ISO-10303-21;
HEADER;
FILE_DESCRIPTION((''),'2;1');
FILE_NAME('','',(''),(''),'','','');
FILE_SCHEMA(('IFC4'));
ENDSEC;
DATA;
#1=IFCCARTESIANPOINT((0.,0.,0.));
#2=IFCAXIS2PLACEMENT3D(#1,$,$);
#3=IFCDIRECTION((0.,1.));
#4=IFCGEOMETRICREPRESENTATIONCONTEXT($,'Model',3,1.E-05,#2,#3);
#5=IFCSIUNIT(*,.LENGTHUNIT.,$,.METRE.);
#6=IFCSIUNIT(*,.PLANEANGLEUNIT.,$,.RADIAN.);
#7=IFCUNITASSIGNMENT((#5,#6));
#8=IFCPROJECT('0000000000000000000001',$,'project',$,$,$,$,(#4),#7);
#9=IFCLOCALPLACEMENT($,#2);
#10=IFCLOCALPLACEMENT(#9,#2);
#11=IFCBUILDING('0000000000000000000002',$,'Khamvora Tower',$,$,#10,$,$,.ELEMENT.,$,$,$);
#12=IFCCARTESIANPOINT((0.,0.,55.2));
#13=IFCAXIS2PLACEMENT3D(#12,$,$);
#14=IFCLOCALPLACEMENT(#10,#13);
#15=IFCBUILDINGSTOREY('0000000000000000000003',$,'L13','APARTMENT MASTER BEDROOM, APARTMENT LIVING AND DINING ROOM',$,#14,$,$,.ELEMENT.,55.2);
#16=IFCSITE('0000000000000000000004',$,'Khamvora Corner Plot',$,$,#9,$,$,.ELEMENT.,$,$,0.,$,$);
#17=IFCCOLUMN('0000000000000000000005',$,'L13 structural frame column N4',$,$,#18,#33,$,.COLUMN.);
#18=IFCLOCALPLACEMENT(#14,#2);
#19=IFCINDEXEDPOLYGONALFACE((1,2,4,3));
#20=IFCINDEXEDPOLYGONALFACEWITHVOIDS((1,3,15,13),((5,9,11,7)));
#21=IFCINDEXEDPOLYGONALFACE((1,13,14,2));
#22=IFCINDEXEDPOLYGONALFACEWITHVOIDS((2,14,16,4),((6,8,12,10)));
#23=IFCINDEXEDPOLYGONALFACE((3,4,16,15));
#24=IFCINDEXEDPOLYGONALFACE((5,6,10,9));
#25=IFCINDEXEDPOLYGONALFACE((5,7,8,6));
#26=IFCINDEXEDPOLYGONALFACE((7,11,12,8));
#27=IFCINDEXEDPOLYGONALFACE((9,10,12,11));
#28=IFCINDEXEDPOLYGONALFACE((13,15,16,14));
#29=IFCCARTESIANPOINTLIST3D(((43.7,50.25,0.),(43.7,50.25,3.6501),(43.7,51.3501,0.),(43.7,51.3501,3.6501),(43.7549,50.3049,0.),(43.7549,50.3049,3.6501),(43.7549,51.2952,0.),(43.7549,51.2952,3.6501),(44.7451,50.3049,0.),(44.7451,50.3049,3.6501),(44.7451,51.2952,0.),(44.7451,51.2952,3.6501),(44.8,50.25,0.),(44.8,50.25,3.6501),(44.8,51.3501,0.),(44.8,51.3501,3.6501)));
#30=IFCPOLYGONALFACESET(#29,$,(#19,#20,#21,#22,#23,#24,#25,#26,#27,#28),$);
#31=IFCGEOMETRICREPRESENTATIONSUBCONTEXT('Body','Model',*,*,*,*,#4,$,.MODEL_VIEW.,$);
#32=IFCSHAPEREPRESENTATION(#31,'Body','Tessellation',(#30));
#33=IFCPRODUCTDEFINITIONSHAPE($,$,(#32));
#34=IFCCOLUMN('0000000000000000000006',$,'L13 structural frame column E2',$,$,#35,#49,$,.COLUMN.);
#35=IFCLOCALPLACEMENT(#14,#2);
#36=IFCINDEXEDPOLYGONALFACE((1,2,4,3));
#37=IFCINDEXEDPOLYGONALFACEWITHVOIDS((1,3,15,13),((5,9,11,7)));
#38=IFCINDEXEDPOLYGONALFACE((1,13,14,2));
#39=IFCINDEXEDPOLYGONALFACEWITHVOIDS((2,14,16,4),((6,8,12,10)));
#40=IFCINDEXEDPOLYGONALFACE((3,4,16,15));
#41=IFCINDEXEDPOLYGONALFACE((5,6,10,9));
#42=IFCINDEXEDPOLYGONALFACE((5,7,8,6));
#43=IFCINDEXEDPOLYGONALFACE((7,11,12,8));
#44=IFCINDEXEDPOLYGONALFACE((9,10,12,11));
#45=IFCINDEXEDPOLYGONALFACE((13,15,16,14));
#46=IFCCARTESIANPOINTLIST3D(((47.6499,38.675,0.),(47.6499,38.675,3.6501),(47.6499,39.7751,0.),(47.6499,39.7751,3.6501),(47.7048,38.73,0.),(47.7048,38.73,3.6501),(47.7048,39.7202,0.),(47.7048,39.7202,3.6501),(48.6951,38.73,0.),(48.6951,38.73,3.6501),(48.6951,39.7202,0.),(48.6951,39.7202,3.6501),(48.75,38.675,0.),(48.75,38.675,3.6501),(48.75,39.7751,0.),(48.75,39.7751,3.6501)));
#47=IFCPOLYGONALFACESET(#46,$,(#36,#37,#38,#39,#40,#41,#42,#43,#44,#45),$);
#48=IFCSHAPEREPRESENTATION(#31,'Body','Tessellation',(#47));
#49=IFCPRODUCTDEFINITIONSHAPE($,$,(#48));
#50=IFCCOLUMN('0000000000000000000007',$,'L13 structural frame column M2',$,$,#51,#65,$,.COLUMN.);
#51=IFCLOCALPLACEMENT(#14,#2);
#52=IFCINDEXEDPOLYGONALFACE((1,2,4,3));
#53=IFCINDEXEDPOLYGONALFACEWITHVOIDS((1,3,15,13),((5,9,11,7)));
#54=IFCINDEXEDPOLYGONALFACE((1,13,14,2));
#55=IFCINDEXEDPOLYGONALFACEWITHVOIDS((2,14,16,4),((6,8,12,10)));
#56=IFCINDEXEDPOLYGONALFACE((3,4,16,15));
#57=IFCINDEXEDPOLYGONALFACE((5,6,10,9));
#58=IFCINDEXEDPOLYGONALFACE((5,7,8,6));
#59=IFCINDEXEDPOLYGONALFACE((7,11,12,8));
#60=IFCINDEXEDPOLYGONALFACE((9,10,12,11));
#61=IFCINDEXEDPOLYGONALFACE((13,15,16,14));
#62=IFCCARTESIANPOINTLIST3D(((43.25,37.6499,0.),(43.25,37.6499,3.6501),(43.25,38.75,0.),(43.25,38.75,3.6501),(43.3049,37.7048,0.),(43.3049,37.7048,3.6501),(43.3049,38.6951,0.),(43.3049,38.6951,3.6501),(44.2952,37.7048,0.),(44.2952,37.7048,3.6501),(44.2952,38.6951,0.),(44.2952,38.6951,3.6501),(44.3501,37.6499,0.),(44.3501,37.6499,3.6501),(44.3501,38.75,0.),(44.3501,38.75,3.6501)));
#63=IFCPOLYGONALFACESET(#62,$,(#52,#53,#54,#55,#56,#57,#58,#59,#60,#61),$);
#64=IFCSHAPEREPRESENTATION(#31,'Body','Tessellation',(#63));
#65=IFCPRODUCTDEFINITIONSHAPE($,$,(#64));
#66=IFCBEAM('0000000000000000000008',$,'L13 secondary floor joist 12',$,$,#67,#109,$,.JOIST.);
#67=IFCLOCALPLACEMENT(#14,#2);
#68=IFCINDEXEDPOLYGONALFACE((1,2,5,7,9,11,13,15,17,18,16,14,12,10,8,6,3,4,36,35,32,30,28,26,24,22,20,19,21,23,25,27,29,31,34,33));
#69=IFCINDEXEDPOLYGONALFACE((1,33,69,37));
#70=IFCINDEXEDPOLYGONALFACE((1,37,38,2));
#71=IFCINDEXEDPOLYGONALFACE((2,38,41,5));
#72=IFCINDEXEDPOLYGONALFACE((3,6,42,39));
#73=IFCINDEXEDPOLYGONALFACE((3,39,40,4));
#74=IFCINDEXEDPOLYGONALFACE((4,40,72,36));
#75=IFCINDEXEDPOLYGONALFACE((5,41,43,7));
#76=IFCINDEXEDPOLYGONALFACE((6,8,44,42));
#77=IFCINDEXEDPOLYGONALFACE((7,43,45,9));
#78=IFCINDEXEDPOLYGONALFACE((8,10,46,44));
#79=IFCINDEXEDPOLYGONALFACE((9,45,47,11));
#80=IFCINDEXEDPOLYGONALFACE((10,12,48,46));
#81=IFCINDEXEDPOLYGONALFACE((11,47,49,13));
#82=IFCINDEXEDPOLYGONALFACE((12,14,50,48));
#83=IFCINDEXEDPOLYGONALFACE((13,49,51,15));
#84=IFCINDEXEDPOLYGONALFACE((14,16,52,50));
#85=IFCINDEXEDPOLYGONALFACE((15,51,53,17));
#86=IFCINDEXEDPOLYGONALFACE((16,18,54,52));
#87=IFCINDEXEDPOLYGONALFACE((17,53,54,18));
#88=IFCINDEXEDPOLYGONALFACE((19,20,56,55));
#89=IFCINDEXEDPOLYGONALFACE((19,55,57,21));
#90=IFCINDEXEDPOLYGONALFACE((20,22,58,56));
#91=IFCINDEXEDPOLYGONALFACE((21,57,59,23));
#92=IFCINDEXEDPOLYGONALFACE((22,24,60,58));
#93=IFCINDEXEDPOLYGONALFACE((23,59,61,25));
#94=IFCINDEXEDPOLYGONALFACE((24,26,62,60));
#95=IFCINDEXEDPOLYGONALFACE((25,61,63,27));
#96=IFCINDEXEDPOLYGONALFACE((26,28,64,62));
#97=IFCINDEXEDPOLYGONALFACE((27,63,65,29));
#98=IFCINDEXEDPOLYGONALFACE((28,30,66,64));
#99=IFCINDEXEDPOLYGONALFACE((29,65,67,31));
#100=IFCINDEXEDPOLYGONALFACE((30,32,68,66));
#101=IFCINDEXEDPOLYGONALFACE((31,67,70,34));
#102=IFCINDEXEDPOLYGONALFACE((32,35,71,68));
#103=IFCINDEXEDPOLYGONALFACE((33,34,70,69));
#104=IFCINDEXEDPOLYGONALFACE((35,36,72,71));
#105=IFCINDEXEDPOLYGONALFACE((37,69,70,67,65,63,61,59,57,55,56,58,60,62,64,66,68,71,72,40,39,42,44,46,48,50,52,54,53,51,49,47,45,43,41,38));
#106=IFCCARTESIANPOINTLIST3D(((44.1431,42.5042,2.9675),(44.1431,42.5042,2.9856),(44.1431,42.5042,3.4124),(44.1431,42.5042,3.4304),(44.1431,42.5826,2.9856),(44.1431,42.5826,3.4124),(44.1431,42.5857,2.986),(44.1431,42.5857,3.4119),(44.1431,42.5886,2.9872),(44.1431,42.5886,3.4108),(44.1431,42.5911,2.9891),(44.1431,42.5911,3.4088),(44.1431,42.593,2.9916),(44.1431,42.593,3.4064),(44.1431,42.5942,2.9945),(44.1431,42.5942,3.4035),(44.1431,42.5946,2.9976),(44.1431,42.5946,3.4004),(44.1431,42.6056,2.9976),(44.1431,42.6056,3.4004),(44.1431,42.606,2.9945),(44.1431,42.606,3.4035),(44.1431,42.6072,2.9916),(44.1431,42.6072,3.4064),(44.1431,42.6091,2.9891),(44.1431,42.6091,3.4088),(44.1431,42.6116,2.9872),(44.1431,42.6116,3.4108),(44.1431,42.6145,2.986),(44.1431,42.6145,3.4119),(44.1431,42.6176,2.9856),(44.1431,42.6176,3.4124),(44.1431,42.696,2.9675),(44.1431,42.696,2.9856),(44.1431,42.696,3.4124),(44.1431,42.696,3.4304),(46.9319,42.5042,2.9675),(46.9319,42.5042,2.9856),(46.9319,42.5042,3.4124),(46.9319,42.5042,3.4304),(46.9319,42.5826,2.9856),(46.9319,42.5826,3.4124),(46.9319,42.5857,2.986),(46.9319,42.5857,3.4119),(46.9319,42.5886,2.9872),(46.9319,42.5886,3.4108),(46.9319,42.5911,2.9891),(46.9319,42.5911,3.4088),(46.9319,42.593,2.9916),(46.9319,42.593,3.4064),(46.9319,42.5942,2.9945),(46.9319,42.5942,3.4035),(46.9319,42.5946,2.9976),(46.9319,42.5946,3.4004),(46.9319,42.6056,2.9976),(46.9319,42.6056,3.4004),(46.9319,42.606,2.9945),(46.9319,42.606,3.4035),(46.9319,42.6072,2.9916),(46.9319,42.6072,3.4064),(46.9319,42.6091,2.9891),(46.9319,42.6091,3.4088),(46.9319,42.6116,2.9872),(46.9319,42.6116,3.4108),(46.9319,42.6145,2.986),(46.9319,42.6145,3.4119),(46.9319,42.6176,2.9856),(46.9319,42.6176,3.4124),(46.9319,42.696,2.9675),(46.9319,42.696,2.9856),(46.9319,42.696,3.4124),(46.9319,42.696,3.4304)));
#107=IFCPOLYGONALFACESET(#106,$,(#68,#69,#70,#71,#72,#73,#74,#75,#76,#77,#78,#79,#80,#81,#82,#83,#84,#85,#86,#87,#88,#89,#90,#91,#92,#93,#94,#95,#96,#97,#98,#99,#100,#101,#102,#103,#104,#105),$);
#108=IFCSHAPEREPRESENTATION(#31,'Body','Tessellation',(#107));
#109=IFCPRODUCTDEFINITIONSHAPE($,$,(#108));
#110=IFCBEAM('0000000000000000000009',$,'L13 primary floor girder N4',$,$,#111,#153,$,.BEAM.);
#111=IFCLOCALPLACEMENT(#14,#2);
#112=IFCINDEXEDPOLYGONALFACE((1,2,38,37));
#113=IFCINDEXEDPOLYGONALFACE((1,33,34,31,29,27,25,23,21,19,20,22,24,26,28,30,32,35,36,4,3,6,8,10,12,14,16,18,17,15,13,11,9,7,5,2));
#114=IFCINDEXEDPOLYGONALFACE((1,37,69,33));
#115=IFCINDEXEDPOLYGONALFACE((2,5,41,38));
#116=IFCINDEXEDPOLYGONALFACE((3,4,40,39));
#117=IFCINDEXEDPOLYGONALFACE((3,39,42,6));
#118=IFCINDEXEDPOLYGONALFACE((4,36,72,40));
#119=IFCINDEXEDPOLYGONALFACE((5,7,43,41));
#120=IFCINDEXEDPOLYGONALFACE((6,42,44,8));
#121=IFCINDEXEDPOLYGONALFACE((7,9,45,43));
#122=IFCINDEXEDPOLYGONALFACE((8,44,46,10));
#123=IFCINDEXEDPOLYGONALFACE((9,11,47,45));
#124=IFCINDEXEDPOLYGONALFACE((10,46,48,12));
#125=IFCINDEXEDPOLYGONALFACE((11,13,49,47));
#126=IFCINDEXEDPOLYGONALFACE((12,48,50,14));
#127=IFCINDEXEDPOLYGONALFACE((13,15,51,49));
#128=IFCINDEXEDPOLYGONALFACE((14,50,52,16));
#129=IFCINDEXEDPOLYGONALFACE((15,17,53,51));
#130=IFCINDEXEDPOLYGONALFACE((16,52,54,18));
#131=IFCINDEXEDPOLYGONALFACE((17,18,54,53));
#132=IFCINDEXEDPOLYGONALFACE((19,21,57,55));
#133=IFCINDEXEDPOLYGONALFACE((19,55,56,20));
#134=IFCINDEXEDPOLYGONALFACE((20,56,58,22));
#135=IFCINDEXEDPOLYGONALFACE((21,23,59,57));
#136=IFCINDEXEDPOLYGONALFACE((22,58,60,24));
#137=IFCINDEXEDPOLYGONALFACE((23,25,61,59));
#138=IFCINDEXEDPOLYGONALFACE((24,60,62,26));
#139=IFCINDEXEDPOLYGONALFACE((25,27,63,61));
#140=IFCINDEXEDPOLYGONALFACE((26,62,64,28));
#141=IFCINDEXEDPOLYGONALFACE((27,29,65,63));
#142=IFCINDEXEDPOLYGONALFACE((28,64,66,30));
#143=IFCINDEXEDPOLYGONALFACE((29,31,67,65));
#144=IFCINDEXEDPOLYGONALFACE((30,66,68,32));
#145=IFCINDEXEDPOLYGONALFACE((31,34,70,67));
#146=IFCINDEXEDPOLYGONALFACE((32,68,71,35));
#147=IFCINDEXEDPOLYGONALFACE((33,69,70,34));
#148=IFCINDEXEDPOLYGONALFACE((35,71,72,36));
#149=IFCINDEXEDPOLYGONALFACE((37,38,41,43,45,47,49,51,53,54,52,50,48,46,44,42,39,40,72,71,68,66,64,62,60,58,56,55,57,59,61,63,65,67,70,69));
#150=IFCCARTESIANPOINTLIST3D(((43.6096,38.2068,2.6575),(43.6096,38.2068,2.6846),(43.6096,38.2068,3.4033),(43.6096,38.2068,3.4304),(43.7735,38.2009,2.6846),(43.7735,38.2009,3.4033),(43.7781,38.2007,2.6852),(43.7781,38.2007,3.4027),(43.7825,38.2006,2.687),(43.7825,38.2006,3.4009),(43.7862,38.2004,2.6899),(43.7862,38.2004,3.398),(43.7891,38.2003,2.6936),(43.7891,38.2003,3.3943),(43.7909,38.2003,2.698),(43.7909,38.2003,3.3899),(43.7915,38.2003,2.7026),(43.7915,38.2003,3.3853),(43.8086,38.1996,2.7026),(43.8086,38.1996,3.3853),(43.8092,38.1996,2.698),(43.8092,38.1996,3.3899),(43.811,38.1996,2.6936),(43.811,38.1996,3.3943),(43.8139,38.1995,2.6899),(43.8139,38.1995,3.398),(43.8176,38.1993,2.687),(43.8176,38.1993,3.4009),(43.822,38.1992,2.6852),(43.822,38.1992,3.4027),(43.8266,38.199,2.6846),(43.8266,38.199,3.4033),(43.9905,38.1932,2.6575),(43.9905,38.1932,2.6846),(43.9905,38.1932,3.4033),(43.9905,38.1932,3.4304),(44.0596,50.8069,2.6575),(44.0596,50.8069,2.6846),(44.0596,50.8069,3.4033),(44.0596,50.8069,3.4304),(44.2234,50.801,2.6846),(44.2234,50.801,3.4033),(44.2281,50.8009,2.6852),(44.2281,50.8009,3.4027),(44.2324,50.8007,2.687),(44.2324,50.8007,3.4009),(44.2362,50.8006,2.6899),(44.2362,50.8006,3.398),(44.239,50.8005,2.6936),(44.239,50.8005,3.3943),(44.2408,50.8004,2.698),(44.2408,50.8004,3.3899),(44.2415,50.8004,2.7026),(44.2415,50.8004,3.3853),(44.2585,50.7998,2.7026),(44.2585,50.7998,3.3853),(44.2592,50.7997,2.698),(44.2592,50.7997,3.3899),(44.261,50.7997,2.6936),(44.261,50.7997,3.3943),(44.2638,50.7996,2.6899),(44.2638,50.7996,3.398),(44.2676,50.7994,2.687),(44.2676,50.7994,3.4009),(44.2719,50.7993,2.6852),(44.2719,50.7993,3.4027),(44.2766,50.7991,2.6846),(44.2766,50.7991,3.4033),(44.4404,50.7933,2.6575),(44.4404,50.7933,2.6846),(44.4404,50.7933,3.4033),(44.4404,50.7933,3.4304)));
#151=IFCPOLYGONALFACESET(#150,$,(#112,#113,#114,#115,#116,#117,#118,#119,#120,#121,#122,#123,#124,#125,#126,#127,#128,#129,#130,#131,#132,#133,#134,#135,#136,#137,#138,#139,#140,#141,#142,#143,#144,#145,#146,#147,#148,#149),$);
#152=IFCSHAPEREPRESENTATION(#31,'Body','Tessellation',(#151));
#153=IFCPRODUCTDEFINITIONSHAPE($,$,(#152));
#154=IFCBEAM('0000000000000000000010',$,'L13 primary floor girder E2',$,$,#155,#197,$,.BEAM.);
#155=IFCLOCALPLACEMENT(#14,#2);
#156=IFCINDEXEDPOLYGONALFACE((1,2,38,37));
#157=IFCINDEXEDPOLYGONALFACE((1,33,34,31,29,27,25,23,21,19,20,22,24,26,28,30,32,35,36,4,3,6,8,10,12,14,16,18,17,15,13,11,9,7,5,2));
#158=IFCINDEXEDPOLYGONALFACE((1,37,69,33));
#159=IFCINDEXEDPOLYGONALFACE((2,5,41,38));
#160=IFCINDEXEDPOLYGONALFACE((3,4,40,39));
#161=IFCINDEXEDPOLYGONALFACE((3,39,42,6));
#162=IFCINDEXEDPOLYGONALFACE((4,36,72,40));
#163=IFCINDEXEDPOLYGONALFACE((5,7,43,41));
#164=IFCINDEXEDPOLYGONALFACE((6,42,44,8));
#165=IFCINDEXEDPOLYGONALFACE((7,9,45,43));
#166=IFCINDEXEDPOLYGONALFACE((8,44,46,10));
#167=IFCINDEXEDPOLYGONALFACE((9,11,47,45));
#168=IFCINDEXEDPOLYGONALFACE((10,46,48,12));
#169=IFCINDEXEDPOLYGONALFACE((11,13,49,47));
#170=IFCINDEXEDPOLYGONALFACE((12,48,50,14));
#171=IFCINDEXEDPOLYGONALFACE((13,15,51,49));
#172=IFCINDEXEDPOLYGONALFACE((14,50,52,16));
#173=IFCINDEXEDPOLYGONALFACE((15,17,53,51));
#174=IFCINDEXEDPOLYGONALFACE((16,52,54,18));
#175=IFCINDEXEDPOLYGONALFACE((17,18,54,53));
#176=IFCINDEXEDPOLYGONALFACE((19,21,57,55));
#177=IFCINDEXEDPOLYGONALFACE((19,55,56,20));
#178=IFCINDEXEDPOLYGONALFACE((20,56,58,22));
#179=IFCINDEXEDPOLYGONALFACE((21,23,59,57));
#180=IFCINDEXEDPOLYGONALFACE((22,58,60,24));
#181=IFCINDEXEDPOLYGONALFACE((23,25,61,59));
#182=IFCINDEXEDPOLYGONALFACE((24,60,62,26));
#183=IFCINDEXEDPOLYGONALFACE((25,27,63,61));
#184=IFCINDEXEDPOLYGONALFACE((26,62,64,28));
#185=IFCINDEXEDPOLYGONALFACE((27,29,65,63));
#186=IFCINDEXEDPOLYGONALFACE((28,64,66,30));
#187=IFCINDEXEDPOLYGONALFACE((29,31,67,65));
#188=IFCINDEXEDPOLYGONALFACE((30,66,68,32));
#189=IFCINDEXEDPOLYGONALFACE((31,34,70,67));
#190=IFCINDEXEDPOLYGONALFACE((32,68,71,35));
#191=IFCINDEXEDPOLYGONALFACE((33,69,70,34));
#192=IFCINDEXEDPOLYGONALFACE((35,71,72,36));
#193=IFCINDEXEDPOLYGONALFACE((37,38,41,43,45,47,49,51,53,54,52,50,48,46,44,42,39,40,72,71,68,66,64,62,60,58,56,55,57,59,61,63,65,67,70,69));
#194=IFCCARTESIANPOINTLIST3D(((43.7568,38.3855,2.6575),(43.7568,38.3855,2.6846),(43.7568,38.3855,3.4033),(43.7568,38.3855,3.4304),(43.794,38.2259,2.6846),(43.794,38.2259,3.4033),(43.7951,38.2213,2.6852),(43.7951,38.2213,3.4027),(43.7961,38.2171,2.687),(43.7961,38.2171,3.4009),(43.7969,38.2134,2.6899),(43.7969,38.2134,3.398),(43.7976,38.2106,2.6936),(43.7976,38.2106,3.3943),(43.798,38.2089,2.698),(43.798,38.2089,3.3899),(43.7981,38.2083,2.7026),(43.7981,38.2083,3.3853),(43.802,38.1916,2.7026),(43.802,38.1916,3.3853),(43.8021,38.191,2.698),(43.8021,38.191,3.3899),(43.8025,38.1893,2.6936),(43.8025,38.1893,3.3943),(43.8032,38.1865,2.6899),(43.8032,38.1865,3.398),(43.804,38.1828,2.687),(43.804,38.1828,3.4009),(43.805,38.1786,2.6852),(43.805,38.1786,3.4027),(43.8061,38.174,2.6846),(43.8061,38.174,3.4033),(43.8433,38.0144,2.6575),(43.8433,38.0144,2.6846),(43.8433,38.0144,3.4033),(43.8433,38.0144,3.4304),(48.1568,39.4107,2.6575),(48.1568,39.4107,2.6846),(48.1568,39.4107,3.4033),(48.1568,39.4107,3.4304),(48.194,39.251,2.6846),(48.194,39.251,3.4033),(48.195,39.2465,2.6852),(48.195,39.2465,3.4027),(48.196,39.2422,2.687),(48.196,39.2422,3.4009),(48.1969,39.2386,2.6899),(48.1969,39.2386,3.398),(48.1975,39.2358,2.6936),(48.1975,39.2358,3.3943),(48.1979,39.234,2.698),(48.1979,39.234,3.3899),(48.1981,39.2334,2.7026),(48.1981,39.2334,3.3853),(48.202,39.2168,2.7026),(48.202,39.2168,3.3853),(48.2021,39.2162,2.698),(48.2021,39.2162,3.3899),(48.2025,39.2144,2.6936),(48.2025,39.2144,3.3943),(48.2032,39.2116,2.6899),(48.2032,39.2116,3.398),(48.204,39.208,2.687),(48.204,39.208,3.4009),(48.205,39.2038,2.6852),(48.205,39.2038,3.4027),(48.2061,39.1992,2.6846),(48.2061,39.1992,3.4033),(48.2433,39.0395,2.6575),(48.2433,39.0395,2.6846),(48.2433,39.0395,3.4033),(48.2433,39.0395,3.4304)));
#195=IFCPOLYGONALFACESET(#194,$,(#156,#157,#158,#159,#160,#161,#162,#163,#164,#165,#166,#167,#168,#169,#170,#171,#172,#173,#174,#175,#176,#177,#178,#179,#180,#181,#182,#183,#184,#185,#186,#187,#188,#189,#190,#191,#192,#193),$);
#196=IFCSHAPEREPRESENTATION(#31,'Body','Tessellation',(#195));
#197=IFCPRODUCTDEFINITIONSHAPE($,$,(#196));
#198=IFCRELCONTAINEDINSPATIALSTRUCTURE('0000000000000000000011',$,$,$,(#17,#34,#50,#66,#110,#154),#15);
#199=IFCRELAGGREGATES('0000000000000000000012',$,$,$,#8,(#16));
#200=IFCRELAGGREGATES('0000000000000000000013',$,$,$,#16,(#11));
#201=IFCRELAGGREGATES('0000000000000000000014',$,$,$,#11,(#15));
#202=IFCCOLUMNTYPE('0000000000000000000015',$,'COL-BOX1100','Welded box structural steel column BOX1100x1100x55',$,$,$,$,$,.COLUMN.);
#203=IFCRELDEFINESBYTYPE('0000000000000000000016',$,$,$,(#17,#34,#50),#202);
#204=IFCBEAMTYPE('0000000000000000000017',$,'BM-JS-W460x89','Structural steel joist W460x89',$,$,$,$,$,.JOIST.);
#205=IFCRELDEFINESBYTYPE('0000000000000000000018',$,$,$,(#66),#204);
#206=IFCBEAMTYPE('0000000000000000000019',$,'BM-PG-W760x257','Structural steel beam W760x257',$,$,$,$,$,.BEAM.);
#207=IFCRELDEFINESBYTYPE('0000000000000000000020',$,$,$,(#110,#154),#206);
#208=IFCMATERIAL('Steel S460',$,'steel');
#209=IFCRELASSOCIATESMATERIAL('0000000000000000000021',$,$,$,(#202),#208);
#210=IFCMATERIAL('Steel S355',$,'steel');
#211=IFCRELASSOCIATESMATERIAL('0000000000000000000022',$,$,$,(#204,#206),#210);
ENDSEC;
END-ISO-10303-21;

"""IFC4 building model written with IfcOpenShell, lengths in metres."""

from ifc_helpers import new_model, si_unit, direction, frame, origin, origin_2d, place, context, subcontext, project, spatial, hollow_rectangle, i_section, extrude, material, material_profile, profile_set, type_object, element, save


model = new_model("IFC4")

# Units and contexts
model_context = context("Model", 3, precision=1e-05, world=origin(), true_north=direction((0.0, 1.0)))
body_context = subcontext(model_context, "Body", "Model", "MODEL_VIEW")
ifc_project = project(units=[si_unit("LENGTHUNIT", "METRE"), si_unit("PLANEANGLEUNIT", "RADIAN")], contexts=[model_context])

# Site, building, storey
site_placement = place(None, origin())
site = spatial("IfcSite", under=ifc_project, at=site_placement, Name="Khamvora Corner Plot", CompositionType="ELEMENT", RefElevation=0.0)
building_placement = place(site_placement, origin())
building = spatial("IfcBuilding", under=site, at=building_placement, Name="Khamvora Tower", CompositionType="ELEMENT")
storey_placement = place(building_placement, frame((0.0, 0.0, 55.2)))
storey = spatial("IfcBuildingStorey", under=building, at=storey_placement, Name="L13", Description="APARTMENT MASTER BEDROOM, APARTMENT LIVING AND DINING ROOM", CompositionType="ELEMENT", Elevation=55.2)

# Columns
ifc_material_1 = material(Name="Steel S460", Category="steel")
ifc_material_profile_1 = material_profile(ifc_material_1, hollow_rectangle(XDim=1.1001, YDim=1.1001, WallThickness=0.0549, at=origin_2d()), Name="BOX1100x1100x55")
ifc_profile_set_1 = profile_set([ifc_material_profile_1], Name="Steel S460")
column_type = type_object("IfcColumnType", Name="COL-BOX1100", Description="Welded box structural steel column BOX1100x1100x55", PredefinedType="COLUMN", material=ifc_profile_set_1)
for number, where, z_axis, x_axis, name in (
    (1, (44.25, 50.8, 0.0), (0.0, 0.0, 1.0), (1.0, 0.0, 0.0), "L13 structural frame column N4"),
    (2, (48.2, 39.2251, 0.0), (0.0, 0.0, 1.0), (1.0, 0.0, 0.0), "L13 structural frame column E2"),
    (3, (43.8, 38.2, 0.0), (0.0, 0.0, 1.0), (1.0, 0.0, 0.0), "L13 structural frame column M2"),
):
    element("IfcColumn", number, at=place(storey_placement, frame(where, z_axis=z_axis, x_axis=x_axis)), inside=storey, type_object=column_type, Name=name, PredefinedType="COLUMN", context=body_context, shape_type="SweptSolid", body=[
        extrude(hollow_rectangle(XDim=1.1001, YDim=1.1001, WallThickness=0.0549, at=origin_2d()), origin(), (0.0, 0.0, 1.0), 3.6501),
    ])

# Beams
ifc_material_2 = material(Name="Steel S355", Category="steel")
ifc_material_profile_2 = material_profile(ifc_material_2, i_section(OverallWidth=0.1919, OverallDepth=0.4629, WebThickness=0.011, FlangeThickness=0.0181, FilletRadius=0.012, at=origin_2d()), Name="W460x89")
ifc_profile_set_2 = profile_set([ifc_material_profile_2], Name="Steel S355")
beam_type_1 = type_object("IfcBeamType", Name="BM-JS-W460x89", Description="Structural steel joist W460x89", PredefinedType="JOIST", material=ifc_profile_set_2)
beam_1_placement = place(storey_placement, frame((44.1431, 42.6001, 3.199), z_axis=(1.0, 0.0, 0.0), x_axis=(0.0, 1.0, 0.0)))
element("IfcBeam", 4, at=beam_1_placement, inside=storey, type_object=beam_type_1, Name="L13 secondary floor joist 12", PredefinedType="JOIST", context=body_context, shape_type="SweptSolid", body=[
    extrude(i_section(OverallWidth=0.1919, OverallDepth=0.4629, WebThickness=0.011, FlangeThickness=0.0181, FilletRadius=0.012, at=origin_2d()), origin(), (0.0, 0.0, 1.0), 2.7888),
])
ifc_material_profile_3 = material_profile(ifc_material_2, i_section(OverallWidth=0.3811, OverallDepth=0.7729, WebThickness=0.0171, FlangeThickness=0.0271, FilletRadius=0.0181, at=origin_2d()), Name="W760x257")
ifc_profile_set_3 = profile_set([ifc_material_profile_3], Name="Steel S355")
beam_type_2 = type_object("IfcBeamType", Name="BM-PG-W760x257", Description="Structural steel beam W760x257", PredefinedType="BEAM", material=ifc_profile_set_3)
beam_2_placement = place(storey_placement, frame((43.8, 38.2, 3.0439), z_axis=(0.035687, 0.999363, 0.0), x_axis=(-0.999363, 0.035687, 0.0)))
element("IfcBeam", 5, at=beam_2_placement, inside=storey, type_object=beam_type_2, Name="L13 primary floor girder N4", PredefinedType="BEAM", context=body_context, shape_type="SweptSolid", body=[
    extrude(i_section(OverallWidth=0.3811, OverallDepth=0.7729, WebThickness=0.0171, FlangeThickness=0.0271, FilletRadius=0.0181, at=origin_2d()), origin(), (0.0, 0.0, 1.0), 12.6082),
])
beam_3_placement = place(storey_placement, frame((43.8, 38.2, 3.0439), z_axis=(0.973915, 0.226915, 0.0), x_axis=(-0.226915, 0.973915, 0.0)))
element("IfcBeam", 6, at=beam_3_placement, inside=storey, type_object=beam_type_2, Name="L13 primary floor girder E2", PredefinedType="BEAM", context=body_context, shape_type="SweptSolid", body=[
    extrude(i_section(OverallWidth=0.3811, OverallDepth=0.7729, WebThickness=0.0171, FlangeThickness=0.0271, FilletRadius=0.0181, at=origin_2d()), origin(), (0.0, 0.0, 1.0), 4.5178),
])

save(model, "model.ifc")
